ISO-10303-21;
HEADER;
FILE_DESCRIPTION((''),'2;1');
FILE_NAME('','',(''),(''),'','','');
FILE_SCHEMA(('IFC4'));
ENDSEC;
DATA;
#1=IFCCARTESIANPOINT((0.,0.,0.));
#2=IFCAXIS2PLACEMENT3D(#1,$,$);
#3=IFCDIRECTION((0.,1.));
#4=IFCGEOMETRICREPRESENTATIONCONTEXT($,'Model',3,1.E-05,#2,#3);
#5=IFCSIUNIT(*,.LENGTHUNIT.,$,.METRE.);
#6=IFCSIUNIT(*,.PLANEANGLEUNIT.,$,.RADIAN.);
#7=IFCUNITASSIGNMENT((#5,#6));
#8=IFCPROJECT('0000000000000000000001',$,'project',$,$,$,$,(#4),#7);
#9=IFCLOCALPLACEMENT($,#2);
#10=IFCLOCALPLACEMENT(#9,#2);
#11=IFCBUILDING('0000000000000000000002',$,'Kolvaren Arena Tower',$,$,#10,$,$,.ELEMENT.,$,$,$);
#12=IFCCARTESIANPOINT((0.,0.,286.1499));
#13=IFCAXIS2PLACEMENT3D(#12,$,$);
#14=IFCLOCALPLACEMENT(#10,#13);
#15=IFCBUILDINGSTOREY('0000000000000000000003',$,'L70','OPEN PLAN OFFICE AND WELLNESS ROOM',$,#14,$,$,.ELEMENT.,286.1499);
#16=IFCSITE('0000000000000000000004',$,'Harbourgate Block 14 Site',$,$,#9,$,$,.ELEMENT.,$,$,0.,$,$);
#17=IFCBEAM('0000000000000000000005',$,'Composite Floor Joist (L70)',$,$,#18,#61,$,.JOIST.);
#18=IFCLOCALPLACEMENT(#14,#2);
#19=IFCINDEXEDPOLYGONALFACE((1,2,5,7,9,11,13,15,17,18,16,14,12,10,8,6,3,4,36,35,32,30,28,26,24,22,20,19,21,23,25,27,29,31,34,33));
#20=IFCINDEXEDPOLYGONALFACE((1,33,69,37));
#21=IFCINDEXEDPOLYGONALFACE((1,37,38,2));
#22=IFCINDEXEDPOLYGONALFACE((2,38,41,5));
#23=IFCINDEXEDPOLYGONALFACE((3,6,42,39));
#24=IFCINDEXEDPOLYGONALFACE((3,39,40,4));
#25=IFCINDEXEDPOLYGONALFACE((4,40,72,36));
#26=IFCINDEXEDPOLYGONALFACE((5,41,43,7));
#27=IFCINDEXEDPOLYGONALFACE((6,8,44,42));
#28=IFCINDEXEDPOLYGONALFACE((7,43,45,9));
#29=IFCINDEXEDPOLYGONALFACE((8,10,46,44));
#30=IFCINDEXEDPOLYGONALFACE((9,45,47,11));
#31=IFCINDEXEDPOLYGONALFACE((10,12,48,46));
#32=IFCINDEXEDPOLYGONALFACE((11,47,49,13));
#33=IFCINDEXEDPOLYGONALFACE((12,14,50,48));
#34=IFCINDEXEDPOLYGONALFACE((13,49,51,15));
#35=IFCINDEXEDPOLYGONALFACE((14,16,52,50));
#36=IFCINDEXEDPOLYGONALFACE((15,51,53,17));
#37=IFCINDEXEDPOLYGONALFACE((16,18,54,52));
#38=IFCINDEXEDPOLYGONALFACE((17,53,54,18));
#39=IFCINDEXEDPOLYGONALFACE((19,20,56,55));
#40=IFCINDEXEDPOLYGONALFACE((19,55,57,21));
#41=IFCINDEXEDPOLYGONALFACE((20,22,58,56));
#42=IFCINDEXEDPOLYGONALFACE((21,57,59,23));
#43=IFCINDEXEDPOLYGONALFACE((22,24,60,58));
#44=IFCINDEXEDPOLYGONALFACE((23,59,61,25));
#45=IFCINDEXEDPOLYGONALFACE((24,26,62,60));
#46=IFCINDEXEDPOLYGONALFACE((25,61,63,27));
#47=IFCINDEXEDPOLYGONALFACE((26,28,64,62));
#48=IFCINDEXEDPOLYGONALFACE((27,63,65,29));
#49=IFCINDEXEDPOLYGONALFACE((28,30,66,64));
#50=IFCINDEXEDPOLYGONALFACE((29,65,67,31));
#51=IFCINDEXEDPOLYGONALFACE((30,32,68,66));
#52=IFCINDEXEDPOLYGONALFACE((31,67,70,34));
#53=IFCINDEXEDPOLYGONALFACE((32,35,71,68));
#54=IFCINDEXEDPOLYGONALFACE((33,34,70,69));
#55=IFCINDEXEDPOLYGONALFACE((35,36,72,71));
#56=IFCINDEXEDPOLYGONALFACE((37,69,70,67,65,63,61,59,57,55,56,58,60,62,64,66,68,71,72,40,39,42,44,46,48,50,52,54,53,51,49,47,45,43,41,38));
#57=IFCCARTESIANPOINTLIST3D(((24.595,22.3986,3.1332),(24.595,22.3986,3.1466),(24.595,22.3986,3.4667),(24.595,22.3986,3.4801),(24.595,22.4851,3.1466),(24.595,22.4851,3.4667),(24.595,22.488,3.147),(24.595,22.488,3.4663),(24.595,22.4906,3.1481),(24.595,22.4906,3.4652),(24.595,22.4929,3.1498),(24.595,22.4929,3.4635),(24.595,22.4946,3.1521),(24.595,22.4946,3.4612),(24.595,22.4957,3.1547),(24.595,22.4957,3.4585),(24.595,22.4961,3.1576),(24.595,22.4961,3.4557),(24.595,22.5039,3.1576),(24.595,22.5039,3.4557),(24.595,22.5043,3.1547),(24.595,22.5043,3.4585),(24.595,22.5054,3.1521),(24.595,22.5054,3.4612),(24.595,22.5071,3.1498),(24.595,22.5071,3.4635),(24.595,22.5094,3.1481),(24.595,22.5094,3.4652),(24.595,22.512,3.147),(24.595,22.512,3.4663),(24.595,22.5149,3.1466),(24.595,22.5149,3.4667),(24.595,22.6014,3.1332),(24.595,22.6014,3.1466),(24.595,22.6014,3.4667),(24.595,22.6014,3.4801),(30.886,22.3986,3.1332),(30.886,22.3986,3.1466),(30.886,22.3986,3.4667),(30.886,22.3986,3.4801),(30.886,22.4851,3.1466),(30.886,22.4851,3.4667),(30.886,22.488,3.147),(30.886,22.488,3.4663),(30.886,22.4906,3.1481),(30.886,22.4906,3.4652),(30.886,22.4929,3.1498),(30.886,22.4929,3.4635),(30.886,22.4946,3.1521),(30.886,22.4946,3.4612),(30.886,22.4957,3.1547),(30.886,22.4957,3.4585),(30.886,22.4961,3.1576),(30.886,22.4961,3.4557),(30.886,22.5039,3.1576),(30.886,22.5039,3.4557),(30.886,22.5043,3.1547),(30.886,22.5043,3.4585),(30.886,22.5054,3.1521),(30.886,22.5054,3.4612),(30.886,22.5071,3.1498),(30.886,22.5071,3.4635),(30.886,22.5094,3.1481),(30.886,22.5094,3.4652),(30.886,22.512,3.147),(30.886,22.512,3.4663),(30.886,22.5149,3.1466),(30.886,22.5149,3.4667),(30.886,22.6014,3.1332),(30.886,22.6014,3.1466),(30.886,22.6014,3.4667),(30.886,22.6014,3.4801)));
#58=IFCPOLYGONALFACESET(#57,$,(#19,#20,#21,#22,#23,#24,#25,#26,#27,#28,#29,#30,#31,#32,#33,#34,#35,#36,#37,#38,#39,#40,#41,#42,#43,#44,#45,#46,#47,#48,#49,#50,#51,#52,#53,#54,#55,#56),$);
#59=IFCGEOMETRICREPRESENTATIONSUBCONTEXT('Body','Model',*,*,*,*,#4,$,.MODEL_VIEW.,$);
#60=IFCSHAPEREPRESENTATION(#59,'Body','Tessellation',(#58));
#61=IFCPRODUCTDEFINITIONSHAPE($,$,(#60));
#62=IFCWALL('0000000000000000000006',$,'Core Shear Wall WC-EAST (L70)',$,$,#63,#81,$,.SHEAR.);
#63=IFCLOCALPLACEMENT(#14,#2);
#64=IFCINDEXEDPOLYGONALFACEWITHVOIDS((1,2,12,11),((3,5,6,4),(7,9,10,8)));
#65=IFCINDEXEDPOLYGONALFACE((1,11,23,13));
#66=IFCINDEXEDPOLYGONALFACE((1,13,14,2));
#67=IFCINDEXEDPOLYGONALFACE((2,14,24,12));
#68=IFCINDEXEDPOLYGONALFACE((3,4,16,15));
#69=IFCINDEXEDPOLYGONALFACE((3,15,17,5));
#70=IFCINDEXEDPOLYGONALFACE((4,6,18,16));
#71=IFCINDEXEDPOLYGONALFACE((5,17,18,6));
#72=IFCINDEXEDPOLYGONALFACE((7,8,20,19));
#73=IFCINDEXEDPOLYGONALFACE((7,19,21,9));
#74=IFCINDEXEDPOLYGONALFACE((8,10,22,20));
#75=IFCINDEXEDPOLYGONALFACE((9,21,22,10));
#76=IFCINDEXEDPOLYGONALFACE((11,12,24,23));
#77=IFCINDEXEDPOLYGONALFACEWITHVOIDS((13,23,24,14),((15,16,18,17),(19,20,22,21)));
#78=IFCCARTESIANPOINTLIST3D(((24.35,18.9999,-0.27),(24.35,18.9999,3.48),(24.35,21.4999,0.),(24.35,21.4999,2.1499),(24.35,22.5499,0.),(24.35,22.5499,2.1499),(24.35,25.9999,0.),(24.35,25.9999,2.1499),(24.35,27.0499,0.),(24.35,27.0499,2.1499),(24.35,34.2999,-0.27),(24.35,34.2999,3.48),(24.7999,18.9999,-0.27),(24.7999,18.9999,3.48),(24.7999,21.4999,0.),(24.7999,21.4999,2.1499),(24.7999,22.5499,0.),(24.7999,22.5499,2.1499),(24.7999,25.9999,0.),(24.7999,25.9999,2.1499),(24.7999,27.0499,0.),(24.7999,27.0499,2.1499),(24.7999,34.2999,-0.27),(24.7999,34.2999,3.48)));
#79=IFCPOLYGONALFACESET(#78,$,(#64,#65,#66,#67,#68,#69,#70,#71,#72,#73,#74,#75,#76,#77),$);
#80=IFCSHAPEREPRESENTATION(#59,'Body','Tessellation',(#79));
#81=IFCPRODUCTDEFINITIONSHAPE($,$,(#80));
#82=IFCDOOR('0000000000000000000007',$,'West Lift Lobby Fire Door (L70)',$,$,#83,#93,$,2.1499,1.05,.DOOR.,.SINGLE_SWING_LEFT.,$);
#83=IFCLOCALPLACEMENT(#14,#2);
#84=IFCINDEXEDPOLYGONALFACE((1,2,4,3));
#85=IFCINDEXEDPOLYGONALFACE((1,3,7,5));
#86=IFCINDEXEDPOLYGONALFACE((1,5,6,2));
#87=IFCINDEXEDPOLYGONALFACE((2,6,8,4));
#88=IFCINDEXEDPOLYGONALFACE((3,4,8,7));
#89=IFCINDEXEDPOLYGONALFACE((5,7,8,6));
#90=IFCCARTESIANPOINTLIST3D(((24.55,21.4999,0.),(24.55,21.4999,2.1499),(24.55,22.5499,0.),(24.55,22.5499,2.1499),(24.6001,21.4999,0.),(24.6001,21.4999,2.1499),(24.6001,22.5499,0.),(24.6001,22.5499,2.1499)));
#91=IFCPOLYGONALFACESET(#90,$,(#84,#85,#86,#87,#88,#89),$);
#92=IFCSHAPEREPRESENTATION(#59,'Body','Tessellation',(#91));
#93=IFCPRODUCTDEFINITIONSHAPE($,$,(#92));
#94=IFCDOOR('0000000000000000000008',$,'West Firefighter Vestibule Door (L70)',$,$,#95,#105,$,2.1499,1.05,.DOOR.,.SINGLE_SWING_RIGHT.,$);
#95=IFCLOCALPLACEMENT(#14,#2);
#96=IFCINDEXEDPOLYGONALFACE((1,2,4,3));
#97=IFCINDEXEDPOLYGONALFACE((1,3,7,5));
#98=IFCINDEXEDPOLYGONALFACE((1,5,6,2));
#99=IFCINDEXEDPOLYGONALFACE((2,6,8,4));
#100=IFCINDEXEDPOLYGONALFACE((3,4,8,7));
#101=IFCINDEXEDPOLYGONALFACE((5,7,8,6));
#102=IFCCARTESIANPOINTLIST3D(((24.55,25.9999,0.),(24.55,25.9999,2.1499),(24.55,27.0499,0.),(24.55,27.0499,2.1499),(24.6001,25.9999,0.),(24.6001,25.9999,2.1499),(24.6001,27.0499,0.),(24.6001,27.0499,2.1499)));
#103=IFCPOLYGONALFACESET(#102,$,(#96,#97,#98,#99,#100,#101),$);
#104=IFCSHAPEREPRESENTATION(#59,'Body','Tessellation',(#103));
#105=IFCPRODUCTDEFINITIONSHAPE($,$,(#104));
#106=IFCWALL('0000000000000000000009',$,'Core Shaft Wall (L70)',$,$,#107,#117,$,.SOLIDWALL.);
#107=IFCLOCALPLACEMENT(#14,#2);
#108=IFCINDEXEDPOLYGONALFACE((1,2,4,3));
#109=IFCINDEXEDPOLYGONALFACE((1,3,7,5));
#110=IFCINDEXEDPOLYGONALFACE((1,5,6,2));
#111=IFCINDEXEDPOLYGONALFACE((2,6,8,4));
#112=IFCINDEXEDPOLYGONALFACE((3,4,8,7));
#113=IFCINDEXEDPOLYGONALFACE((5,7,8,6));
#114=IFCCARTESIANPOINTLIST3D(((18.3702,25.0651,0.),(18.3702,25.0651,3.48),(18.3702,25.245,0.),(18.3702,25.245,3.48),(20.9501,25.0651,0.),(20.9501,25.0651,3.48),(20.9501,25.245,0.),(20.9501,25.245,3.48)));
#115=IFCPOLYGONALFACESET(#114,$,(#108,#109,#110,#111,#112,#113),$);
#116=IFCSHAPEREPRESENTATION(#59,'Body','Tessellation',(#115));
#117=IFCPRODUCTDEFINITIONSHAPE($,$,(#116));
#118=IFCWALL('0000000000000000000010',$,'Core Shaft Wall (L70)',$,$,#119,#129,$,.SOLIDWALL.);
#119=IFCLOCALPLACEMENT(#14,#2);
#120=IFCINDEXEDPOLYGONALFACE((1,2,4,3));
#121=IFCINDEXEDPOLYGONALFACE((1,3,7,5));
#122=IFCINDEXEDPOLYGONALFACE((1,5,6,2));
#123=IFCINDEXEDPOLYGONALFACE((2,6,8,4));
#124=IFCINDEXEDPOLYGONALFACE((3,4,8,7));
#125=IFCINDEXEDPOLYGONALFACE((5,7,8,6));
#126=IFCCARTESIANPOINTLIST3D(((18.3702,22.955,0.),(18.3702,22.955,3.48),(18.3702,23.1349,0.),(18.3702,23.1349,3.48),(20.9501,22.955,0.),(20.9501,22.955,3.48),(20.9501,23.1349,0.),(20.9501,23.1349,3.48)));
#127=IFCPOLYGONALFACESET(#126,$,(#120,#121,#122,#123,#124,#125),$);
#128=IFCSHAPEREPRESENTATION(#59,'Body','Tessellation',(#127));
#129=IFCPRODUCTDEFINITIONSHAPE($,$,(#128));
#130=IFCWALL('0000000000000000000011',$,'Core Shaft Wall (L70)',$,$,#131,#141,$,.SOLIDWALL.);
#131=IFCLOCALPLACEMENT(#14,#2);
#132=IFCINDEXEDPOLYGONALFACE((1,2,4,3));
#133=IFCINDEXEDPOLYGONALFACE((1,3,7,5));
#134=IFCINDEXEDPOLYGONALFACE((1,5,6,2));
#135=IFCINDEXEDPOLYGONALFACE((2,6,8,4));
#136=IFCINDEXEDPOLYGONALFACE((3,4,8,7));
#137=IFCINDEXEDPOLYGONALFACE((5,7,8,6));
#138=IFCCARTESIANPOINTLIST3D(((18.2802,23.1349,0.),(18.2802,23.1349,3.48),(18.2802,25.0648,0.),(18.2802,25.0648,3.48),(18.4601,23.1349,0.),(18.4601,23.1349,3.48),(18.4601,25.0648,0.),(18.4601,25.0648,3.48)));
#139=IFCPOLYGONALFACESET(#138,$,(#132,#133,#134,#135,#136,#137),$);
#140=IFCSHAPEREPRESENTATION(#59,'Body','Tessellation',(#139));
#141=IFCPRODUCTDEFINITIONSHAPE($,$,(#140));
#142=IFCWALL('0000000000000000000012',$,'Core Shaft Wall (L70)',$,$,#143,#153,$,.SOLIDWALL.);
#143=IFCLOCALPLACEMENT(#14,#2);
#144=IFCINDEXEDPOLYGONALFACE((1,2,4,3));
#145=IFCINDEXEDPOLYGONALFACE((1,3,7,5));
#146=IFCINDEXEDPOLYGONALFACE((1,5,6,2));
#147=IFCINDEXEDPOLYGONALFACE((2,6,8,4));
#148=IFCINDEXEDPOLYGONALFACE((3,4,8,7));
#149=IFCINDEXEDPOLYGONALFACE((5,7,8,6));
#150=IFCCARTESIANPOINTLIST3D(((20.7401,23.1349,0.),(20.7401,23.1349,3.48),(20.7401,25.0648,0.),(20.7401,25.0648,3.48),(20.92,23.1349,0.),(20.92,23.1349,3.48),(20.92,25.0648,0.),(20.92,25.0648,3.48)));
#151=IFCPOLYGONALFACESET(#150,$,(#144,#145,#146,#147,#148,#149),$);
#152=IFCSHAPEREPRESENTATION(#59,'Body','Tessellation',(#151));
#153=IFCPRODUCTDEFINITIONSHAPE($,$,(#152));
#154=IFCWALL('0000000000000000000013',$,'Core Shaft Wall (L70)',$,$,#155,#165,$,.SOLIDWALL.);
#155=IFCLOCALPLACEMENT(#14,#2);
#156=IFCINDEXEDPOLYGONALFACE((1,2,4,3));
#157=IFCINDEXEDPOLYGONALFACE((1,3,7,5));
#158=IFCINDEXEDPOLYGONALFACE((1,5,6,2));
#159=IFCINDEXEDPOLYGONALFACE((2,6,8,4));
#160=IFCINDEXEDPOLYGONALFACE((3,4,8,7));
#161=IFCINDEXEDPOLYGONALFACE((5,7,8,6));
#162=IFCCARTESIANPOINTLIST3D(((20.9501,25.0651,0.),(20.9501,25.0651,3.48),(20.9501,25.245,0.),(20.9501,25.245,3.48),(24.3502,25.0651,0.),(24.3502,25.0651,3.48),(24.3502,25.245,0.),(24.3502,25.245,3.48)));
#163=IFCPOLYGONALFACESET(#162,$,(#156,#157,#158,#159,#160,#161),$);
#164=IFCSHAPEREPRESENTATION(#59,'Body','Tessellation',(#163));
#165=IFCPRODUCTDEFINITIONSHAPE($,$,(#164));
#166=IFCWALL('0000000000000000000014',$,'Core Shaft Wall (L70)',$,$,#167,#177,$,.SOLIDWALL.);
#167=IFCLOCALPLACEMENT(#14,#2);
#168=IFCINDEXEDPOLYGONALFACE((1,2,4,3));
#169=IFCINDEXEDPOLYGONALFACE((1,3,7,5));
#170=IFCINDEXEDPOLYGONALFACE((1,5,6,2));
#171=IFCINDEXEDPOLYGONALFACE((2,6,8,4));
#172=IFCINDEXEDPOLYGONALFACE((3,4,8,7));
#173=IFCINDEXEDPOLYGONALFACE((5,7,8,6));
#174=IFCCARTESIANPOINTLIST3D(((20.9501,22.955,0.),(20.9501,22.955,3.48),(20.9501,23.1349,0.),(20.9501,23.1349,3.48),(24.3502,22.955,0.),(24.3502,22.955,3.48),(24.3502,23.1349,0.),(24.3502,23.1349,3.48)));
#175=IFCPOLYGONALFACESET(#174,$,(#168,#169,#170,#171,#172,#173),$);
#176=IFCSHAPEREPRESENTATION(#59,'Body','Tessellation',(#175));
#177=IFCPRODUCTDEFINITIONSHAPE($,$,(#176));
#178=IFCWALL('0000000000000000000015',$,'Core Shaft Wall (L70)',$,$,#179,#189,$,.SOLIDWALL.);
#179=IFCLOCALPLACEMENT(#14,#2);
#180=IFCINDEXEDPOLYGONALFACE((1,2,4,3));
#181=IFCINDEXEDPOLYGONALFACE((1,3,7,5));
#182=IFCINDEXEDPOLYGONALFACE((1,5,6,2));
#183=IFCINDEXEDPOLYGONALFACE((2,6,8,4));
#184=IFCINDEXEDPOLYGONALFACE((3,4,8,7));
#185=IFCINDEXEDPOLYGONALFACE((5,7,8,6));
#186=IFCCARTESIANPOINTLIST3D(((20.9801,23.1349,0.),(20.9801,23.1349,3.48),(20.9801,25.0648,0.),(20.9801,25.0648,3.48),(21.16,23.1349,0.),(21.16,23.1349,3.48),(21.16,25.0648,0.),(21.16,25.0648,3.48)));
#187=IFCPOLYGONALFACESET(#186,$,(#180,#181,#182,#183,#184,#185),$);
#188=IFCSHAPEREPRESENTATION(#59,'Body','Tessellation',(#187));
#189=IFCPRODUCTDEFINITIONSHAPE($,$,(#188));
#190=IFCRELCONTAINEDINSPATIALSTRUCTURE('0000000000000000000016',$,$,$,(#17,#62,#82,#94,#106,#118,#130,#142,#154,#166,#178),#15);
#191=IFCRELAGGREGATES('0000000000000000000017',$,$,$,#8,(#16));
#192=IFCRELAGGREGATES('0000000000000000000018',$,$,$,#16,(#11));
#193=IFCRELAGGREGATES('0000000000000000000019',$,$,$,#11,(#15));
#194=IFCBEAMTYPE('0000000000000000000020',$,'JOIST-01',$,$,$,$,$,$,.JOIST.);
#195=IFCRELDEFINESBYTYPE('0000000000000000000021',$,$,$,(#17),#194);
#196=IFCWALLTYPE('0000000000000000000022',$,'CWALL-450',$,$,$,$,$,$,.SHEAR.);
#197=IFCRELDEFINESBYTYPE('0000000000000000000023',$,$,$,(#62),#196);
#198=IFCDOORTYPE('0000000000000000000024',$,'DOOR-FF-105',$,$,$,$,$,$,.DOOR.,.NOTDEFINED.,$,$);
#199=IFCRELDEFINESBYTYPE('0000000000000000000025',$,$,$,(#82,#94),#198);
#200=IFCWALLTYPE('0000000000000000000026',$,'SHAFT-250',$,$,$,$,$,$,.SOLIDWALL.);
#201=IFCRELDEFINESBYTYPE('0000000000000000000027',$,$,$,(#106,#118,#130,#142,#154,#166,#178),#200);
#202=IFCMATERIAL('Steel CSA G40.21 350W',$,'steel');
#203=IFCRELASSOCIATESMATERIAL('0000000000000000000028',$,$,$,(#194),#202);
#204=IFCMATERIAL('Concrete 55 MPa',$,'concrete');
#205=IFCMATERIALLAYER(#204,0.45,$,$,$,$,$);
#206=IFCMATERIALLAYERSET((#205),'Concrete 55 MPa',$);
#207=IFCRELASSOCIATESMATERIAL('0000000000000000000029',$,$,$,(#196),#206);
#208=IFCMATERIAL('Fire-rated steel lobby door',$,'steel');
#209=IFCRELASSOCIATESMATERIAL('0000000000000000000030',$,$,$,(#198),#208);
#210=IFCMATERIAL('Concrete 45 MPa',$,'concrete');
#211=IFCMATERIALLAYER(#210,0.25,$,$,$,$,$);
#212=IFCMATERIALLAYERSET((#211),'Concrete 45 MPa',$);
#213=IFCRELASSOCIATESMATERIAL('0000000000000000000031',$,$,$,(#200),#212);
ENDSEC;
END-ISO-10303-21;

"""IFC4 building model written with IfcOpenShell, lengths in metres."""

from ifc_helpers import new_model, si_unit, direction, frame, frame_2d, origin, origin_2d, place, context, subcontext, project, spatial, rectangle, i_section, extrude, material, layer, layer_set, material_profile, profile_set, type_object, element, fill, save


model = new_model("IFC4")

# Units and contexts
model_context = context("Model", 3, precision=1e-05, world=origin(), true_north=direction((0.0, 1.0)))
body_context = subcontext(model_context, "Body", "Model", "MODEL_VIEW")
ifc_project = project(units=[si_unit("LENGTHUNIT", "METRE"), si_unit("PLANEANGLEUNIT", "RADIAN")], contexts=[model_context])

# Site, building, storey
site_placement = place(None, origin())
site = spatial("IfcSite", under=ifc_project, at=site_placement, Name="Harbourgate Block 14 Site", CompositionType="ELEMENT", RefElevation=0.0)
building_placement = place(site_placement, origin())
building = spatial("IfcBuilding", under=site, at=building_placement, Name="Kolvaren Arena Tower", CompositionType="ELEMENT")
storey_placement = place(building_placement, frame((0.0, 0.0, 286.1499)))
storey = spatial("IfcBuildingStorey", under=building, at=storey_placement, Name="L70", Description="OPEN PLAN OFFICE AND WELLNESS ROOM", CompositionType="ELEMENT", Elevation=286.1499)

# Beam
ifc_material_1 = material(Name="Steel CSA G40.21 350W", Category="steel")
ifc_material_profile_1 = material_profile(ifc_material_1, i_section(OverallWidth=0.2029, OverallDepth=0.3469, WebThickness=0.0078, FlangeThickness=0.0134, FilletRadius=0.011, at=origin_2d()), Name="W360x64")
ifc_profile_set_1 = profile_set([ifc_material_profile_1], Name="Steel CSA G40.21 350W")
beam_type_1 = type_object("IfcBeamType", Name="JOIST-01", PredefinedType="JOIST", material=ifc_profile_set_1)
beam_1_placement = place(storey_placement, frame((24.595, 22.5, 3.3066), z_axis=(1.0, 0.0, 0.0), x_axis=(0.0, 1.0, 0.0)))
element("IfcBeam", 1, at=beam_1_placement, inside=storey, type_object=beam_type_1, Name="Composite Floor Joist (L70)", PredefinedType="JOIST", context=body_context, shape_type="SweptSolid", body=[
    extrude(i_section(OverallWidth=0.2029, OverallDepth=0.3469, WebThickness=0.0078, FlangeThickness=0.0134, FilletRadius=0.011, at=origin_2d()), origin(), (0.0, 0.0, 1.0), 6.291),
])

# Wall, openings, doors
ifc_material_2 = material(Name="Concrete 55 MPa", Category="concrete")
ifc_layer_1 = layer(ifc_material_2, 0.45)
ifc_layer_set_1 = layer_set([ifc_layer_1], Name="Concrete 55 MPa")
wall_type_1 = type_object("IfcWallType", Name="CWALL-450", PredefinedType="SHEAR", material=ifc_layer_set_1)
wall_1_placement = place(storey_placement, frame((24.575, 19.0, -0.27), z_axis=(0.0, 0.0, 1.0), x_axis=(0.0, 1.0, 0.0)))
wall_1 = element("IfcWall", 2, at=wall_1_placement, inside=storey, type_object=wall_type_1, Name="Core Shear Wall WC-EAST (L70)", PredefinedType="SHEAR", context=body_context, shape_type="SweptSolid", body=[
    extrude(rectangle(XDim=15.3, YDim=0.45, at=frame_2d((7.6499, 0.0))), origin(), (0.0, 0.0, 1.0), 3.75),
])
opening_1_placement = place(wall_1_placement, frame((2.5, 0.0, 0.27)))
opening_1 = element("IfcOpeningElement", 3, at=opening_1_placement, cuts=wall_1, PredefinedType="OPENING", context=body_context, shape_type="SweptSolid", body=[
    extrude(rectangle(XDim=1.05, YDim=2.1499, at=frame_2d((0.5249, 1.075))), frame((0.0, 0.2349, 0.0), z_axis=(0.0, -1.0, 0.0), x_axis=(1.0, 0.0, 0.0)), (0.0, 0.0, 1.0), 0.47),
])
opening_2_placement = place(wall_1_placement, frame((7.0, 0.0, 0.27)))
opening_2 = element("IfcOpeningElement", 4, at=opening_2_placement, cuts=wall_1, PredefinedType="OPENING", context=body_context, shape_type="SweptSolid", body=[
    extrude(rectangle(XDim=1.05, YDim=2.1499, at=frame_2d((0.5249, 1.075))), frame((0.0, 0.2349, 0.0), z_axis=(0.0, -1.0, 0.0), x_axis=(1.0, 0.0, 0.0)), (0.0, 0.0, 1.0), 0.47),
])
ifc_material_3 = material(Name="Fire-rated steel lobby door", Category="steel")
door_type_1 = type_object("IfcDoorType", Name="DOOR-FF-105", OperationType="NOTDEFINED", PredefinedType="DOOR", material=ifc_material_3)
door_1_placement = place(opening_1_placement, origin())
door_1 = element("IfcDoor", 5, at=door_1_placement, inside=storey, type_object=door_type_1, Name="West Lift Lobby Fire Door (L70)", OperationType="SINGLE_SWING_LEFT", OverallHeight=2.1499, OverallWidth=1.05, PredefinedType="DOOR", context=body_context, shape_type="SweptSolid", body=[
    extrude(rectangle(XDim=1.05, YDim=2.1499, at=frame_2d((0.5249, 1.075))), frame((0.0, 0.0249, 0.0), z_axis=(0.0, -1.0, 0.0), x_axis=(1.0, 0.0, 0.0)), (0.0, 0.0, 1.0), 0.05),
])
fill(opening_1, door_1)
door_2_placement = place(opening_2_placement, origin())
door_2 = element("IfcDoor", 6, at=door_2_placement, inside=storey, type_object=door_type_1, Name="West Firefighter Vestibule Door (L70)", OperationType="SINGLE_SWING_RIGHT", OverallHeight=2.1499, OverallWidth=1.05, PredefinedType="DOOR", context=body_context, shape_type="SweptSolid", body=[
    extrude(rectangle(XDim=1.05, YDim=2.1499, at=frame_2d((0.5249, 1.075))), frame((0.0, 0.0249, 0.0), z_axis=(0.0, -1.0, 0.0), x_axis=(1.0, 0.0, 0.0)), (0.0, 0.0, 1.0), 0.05),
])
fill(opening_2, door_2)

# Walls
ifc_material_4 = material(Name="Concrete 45 MPa", Category="concrete")
ifc_layer_2 = layer(ifc_material_4, 0.25)
ifc_layer_set_2 = layer_set([ifc_layer_2], Name="Concrete 45 MPa")
wall_type_2 = type_object("IfcWallType", Name="SHAFT-250", PredefinedType="SOLIDWALL", material=ifc_layer_set_2)
for number, where, z_axis, x_axis, name in (
    (7, (18.3701, 25.155, 0.0), (0.0, 0.0, 1.0), (1.0, 0.0, 0.0), "Core Shaft Wall (L70)"),
    (8, (18.3701, 23.0449, 0.0), (0.0, 0.0, 1.0), (1.0, 0.0, 0.0), "Core Shaft Wall (L70)"),
):
    element("IfcWall", number, at=place(storey_placement, frame(where, z_axis=z_axis, x_axis=x_axis)), inside=storey, type_object=wall_type_2, Name=name, PredefinedType="SOLIDWALL", context=body_context, shape_type="SweptSolid", body=[
        extrude(rectangle(XDim=2.5798, YDim=0.1799, at=frame_2d((1.29, 0.0))), origin(), (0.0, 0.0, 1.0), 3.48),
    ])
for number, where, z_axis, x_axis, name in (
    (9, (18.3701, 23.135, 0.0), (0.0, 0.0, 1.0), (0.0, 1.0, 0.0), "Core Shaft Wall (L70)"),
    (10, (20.8301, 23.135, 0.0), (0.0, 0.0, 1.0), (0.0, 1.0, 0.0), "Core Shaft Wall (L70)"),
):
    element("IfcWall", number, at=place(storey_placement, frame(where, z_axis=z_axis, x_axis=x_axis)), inside=storey, type_object=wall_type_2, Name=name, PredefinedType="SOLIDWALL", context=body_context, shape_type="SweptSolid", body=[
        extrude(rectangle(XDim=1.9299, YDim=0.1799, at=frame_2d((0.9648, 0.0))), origin(), (0.0, 0.0, 1.0), 3.48),
    ])
for number, where, z_axis, x_axis, name in (
    (11, (20.95, 25.155, 0.0), (0.0, 0.0, 1.0), (1.0, 0.0, 0.0), "Core Shaft Wall (L70)"),
    (12, (20.95, 23.0449, 0.0), (0.0, 0.0, 1.0), (1.0, 0.0, 0.0), "Core Shaft Wall (L70)"),
):
    element("IfcWall", number, at=place(storey_placement, frame(where, z_axis=z_axis, x_axis=x_axis)), inside=storey, type_object=wall_type_2, Name=name, PredefinedType="SOLIDWALL", context=body_context, shape_type="SweptSolid", body=[
        extrude(rectangle(XDim=3.4001, YDim=0.1799, at=frame_2d((1.7002, 0.0))), origin(), (0.0, 0.0, 1.0), 3.48),
    ])
for number, where, z_axis, x_axis, name in (
    (13, (21.0701, 23.135, 0.0), (0.0, 0.0, 1.0), (0.0, 1.0, 0.0), "Core Shaft Wall (L70)"),
):
    element("IfcWall", number, at=place(storey_placement, frame(where, z_axis=z_axis, x_axis=x_axis)), inside=storey, type_object=wall_type_2, Name=name, PredefinedType="SOLIDWALL", context=body_context, shape_type="SweptSolid", body=[
        extrude(rectangle(XDim=1.9299, YDim=0.1799, at=frame_2d((0.9648, 0.0))), origin(), (0.0, 0.0, 1.0), 3.48),
    ])

save(model, "model.ifc")
